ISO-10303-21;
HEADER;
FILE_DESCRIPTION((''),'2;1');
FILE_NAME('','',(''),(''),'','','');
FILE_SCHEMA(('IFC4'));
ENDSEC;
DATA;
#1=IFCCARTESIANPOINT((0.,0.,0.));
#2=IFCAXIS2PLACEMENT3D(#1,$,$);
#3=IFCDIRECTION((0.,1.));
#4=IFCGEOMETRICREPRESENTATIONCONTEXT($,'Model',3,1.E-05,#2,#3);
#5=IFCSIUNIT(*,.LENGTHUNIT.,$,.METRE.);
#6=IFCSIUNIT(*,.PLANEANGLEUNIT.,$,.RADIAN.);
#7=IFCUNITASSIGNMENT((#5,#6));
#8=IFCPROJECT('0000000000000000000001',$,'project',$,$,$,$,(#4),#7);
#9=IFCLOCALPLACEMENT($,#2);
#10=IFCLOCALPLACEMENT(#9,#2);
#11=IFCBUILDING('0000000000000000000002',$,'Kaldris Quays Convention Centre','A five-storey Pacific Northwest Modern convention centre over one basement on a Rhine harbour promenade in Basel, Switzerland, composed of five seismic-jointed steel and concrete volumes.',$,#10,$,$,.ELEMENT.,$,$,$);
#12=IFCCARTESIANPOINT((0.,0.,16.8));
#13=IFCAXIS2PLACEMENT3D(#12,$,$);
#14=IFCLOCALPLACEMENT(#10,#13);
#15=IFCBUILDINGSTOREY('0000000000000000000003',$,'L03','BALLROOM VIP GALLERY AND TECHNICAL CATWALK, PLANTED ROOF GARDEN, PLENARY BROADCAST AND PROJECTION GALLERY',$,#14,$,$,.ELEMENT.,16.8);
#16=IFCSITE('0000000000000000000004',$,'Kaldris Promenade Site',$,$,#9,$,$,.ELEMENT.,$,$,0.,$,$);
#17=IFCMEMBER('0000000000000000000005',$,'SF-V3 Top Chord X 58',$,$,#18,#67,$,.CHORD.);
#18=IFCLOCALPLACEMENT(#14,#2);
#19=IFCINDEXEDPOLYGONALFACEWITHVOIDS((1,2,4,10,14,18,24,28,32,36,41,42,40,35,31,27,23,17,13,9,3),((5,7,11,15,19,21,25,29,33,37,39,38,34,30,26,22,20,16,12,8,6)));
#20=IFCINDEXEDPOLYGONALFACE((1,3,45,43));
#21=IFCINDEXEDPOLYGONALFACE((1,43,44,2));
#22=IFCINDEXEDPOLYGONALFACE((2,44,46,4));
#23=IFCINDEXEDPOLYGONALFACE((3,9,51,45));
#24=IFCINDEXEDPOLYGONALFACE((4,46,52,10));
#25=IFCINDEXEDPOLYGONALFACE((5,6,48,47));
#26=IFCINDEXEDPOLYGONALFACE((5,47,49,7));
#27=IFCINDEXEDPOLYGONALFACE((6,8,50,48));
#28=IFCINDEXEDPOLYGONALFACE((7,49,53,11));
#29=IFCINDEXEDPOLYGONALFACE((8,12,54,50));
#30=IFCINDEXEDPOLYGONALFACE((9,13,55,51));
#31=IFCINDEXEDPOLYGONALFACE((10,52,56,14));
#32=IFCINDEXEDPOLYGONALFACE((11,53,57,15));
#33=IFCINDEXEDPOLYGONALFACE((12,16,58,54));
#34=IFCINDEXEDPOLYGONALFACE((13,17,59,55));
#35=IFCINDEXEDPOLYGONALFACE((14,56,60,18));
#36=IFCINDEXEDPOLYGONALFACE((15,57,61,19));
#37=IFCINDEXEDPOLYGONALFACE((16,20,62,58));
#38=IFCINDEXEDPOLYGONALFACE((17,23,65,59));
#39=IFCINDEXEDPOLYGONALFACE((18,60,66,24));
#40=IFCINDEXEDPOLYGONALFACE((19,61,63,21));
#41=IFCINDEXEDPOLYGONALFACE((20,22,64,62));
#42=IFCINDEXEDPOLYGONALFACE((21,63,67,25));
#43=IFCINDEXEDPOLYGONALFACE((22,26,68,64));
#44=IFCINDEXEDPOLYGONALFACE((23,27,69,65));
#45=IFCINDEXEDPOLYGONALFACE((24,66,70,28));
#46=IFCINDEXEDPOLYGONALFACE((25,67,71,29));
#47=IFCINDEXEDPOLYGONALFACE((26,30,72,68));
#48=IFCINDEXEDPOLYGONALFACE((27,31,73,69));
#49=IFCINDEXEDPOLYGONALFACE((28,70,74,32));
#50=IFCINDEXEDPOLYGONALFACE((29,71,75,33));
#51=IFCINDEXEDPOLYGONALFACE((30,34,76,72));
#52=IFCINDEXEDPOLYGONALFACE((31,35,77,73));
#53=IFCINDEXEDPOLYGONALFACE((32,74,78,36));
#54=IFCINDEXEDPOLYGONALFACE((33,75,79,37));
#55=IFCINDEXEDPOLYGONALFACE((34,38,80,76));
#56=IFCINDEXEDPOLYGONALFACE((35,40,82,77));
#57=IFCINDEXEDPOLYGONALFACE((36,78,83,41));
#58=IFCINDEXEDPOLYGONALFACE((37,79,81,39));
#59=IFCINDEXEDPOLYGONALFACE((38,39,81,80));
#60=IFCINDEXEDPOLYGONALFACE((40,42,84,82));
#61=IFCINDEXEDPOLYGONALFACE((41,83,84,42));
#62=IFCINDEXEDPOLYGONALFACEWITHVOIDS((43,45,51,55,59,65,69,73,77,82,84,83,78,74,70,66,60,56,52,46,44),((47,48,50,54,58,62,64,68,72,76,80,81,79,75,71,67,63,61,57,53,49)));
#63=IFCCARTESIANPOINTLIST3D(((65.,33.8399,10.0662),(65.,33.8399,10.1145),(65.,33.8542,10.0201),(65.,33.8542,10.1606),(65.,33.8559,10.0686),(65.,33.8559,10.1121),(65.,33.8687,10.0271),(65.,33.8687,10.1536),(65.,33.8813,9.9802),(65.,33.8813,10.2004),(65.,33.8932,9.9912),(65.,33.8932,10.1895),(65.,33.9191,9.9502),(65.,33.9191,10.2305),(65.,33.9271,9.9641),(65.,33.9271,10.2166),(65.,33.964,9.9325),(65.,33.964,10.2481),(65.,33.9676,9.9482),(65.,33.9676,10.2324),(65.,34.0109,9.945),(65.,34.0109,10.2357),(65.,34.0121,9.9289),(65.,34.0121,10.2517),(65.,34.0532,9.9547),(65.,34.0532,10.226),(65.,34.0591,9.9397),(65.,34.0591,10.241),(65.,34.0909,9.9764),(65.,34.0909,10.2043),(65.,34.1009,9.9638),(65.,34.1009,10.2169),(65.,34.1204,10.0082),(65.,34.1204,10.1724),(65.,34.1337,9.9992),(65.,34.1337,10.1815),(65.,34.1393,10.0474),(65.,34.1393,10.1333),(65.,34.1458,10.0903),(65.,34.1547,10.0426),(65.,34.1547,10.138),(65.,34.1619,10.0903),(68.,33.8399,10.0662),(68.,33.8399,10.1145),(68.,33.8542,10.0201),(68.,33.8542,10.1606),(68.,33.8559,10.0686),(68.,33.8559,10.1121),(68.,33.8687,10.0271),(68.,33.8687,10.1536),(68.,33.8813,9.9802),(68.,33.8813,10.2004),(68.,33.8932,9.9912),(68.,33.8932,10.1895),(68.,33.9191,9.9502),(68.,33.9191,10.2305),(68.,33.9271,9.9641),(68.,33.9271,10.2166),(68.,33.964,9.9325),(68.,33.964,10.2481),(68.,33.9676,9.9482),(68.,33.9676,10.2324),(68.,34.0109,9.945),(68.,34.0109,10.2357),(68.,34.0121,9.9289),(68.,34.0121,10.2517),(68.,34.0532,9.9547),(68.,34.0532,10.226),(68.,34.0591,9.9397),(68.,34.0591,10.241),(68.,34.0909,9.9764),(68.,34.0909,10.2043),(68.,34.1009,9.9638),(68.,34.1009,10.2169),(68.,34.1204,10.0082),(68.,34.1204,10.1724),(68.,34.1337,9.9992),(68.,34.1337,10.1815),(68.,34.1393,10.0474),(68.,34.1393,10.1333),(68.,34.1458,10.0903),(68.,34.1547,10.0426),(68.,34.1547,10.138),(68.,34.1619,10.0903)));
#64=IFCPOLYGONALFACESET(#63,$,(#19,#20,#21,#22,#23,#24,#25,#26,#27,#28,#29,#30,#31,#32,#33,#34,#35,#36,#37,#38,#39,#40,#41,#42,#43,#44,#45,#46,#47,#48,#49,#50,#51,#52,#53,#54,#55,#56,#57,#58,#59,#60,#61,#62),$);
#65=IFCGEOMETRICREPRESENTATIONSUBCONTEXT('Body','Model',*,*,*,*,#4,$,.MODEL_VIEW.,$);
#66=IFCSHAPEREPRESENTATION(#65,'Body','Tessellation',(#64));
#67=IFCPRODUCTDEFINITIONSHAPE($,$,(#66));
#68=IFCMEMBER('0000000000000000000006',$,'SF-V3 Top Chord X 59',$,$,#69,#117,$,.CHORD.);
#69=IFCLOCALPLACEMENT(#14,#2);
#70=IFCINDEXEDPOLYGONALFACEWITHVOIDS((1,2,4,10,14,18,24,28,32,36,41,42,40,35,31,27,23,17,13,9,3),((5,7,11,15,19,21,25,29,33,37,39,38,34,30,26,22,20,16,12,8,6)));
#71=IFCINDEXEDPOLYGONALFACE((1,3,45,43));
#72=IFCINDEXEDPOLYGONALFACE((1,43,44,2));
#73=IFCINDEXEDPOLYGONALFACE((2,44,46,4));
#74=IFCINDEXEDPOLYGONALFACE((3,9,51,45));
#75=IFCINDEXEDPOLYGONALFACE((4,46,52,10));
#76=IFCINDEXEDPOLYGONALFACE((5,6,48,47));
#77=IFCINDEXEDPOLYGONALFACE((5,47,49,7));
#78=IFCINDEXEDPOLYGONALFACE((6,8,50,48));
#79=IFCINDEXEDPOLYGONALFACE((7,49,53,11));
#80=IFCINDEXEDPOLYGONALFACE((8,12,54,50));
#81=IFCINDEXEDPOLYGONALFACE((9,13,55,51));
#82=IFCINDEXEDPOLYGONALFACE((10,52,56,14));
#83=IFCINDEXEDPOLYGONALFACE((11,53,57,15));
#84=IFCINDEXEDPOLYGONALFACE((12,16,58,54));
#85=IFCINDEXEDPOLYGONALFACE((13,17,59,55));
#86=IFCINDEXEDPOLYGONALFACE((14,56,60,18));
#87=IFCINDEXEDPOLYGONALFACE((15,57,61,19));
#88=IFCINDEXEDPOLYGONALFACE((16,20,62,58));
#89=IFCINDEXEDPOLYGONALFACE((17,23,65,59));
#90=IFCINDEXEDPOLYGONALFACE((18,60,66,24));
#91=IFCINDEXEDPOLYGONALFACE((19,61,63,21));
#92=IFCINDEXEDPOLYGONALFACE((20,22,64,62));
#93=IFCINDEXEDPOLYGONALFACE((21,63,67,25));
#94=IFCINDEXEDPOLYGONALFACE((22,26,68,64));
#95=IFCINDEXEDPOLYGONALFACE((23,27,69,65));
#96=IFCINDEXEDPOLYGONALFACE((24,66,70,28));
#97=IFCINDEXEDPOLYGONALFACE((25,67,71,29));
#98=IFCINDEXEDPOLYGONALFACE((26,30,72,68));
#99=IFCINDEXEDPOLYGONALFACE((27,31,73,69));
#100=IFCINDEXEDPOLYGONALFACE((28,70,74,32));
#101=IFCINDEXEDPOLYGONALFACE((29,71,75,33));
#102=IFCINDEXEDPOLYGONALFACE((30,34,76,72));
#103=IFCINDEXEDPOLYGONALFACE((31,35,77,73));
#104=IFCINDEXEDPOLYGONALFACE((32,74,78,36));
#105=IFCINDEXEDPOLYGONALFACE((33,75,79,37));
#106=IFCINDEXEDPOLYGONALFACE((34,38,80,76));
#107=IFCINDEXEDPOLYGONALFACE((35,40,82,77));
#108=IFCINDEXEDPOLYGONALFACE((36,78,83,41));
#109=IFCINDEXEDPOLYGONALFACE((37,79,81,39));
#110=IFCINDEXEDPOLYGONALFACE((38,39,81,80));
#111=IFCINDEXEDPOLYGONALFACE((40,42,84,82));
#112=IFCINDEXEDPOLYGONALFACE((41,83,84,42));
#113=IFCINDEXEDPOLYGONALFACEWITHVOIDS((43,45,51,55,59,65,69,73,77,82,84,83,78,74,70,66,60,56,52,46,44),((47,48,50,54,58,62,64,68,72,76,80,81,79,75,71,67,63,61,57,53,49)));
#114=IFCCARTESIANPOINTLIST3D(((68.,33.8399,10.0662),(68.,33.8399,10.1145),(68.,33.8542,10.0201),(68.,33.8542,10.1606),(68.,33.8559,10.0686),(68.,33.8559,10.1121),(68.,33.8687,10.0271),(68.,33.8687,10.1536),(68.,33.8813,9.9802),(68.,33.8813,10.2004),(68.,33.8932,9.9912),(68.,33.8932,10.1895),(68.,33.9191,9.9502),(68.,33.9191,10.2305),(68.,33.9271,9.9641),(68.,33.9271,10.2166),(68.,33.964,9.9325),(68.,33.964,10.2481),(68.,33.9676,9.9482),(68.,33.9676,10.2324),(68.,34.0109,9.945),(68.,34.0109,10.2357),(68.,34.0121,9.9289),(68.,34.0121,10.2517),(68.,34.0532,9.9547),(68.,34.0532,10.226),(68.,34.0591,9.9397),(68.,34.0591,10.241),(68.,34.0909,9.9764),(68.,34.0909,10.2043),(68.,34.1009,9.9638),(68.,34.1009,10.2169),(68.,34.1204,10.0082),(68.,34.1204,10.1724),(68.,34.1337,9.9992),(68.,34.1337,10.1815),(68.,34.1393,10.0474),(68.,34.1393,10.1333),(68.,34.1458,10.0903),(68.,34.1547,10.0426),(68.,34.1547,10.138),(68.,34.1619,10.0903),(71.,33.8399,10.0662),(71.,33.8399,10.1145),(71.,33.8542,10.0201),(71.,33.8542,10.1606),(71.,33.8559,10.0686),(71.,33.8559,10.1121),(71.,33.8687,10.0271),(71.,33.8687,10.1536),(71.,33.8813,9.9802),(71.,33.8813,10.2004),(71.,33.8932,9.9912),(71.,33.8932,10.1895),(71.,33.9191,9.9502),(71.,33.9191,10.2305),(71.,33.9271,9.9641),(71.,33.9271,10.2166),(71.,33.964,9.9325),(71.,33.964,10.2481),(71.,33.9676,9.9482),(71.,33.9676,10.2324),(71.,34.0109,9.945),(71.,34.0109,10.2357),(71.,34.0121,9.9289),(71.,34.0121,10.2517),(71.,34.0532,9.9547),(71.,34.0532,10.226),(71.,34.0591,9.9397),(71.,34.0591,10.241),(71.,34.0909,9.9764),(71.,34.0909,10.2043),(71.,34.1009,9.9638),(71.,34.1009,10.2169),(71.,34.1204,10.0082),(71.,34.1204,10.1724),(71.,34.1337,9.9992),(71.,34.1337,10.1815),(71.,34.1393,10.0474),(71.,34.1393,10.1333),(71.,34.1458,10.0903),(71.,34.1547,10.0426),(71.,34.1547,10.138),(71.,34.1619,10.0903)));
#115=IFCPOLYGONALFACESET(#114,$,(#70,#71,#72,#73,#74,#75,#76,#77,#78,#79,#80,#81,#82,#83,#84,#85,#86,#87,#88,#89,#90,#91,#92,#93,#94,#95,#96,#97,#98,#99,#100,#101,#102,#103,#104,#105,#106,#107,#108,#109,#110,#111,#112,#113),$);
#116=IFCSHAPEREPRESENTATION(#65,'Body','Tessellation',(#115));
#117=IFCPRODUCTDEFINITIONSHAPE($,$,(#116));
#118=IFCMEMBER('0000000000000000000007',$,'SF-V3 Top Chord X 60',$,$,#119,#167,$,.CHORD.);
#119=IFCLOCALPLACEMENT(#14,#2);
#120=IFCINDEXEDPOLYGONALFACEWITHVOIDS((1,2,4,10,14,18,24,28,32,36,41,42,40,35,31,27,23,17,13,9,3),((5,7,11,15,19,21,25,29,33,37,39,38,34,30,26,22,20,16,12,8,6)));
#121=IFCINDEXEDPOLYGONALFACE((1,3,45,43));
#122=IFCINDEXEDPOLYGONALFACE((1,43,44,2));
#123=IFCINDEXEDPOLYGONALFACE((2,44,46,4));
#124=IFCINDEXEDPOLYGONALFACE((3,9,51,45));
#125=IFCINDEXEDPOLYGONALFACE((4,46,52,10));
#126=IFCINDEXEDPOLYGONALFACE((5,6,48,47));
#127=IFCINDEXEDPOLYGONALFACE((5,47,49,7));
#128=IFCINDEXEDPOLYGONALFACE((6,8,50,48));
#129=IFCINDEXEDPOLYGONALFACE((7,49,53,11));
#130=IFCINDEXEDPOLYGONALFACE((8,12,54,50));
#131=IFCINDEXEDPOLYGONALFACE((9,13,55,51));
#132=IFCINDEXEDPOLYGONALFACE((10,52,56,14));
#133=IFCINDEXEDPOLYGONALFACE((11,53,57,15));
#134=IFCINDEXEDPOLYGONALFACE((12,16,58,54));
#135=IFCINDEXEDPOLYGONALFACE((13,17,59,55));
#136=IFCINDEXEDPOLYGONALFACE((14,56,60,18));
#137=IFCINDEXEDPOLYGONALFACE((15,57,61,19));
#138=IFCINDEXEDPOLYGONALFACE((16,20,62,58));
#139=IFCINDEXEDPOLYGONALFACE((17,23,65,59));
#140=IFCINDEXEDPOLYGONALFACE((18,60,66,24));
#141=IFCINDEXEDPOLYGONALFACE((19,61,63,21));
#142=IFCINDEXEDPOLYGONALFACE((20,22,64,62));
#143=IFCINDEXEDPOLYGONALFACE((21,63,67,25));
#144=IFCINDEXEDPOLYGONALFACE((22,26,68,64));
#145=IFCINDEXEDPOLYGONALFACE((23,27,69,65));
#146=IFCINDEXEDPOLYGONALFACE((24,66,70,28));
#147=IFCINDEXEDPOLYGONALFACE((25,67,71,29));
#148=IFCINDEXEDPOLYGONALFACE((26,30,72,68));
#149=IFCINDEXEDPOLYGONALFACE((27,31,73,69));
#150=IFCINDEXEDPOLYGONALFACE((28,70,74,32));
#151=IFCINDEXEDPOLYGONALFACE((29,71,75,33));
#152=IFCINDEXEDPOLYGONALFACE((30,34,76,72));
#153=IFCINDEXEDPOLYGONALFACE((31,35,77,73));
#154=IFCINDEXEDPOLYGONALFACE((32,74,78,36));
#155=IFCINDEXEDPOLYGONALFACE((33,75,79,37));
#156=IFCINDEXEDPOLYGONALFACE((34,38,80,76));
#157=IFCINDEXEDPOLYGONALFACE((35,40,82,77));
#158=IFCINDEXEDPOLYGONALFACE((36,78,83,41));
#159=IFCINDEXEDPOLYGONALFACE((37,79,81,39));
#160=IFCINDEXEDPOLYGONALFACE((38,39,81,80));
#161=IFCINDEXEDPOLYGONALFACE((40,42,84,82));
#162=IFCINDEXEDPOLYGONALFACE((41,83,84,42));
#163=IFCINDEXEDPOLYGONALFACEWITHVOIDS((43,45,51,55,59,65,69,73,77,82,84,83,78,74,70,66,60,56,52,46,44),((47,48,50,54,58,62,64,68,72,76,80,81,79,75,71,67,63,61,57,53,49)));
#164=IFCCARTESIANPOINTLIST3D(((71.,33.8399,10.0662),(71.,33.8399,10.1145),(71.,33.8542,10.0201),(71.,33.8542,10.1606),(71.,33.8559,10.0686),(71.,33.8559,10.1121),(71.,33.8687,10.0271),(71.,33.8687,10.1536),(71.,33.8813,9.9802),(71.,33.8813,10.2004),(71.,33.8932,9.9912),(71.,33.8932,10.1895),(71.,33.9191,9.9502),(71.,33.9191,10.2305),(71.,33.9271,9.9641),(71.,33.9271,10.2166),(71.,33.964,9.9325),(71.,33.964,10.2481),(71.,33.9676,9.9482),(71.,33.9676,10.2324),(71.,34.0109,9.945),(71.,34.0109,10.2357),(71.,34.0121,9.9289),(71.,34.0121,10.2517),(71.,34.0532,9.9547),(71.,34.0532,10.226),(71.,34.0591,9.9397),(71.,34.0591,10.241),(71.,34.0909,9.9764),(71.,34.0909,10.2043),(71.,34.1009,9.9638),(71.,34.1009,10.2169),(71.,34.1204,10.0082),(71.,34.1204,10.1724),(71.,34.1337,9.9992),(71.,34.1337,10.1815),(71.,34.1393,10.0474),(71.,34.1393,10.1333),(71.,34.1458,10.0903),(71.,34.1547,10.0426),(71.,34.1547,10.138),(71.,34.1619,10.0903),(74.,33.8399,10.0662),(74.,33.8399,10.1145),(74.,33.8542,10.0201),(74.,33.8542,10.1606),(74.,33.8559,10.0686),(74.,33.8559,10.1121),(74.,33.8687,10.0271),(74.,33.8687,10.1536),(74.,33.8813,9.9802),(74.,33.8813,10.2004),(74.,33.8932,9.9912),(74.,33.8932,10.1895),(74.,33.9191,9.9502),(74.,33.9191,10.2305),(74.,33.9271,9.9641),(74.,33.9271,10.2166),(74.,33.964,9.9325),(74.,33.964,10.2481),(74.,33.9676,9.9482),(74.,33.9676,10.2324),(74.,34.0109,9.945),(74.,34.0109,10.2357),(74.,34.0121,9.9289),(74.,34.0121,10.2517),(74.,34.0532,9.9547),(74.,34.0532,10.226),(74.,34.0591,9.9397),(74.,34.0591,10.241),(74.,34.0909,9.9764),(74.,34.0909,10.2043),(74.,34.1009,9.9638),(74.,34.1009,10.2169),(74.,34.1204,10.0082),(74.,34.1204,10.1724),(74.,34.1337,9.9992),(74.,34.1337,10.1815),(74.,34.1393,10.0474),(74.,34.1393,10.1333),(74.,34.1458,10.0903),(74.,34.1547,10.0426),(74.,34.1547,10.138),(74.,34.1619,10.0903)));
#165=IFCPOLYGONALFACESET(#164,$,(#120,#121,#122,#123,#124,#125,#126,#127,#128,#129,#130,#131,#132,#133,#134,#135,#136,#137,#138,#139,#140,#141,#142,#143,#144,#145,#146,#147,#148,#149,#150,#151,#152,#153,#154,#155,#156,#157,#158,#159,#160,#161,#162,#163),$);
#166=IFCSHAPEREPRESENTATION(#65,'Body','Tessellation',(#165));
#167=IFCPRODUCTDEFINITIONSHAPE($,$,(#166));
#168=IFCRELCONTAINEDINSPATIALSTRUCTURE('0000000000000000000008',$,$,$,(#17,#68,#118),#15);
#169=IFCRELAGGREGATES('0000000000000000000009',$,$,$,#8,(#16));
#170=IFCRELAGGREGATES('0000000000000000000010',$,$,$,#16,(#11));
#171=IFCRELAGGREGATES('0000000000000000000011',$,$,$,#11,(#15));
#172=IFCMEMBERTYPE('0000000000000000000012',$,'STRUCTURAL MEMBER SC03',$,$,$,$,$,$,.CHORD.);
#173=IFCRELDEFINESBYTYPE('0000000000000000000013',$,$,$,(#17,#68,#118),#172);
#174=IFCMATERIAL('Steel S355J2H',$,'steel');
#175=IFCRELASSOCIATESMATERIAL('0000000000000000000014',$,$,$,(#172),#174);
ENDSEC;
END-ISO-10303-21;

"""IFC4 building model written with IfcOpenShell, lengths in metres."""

from ifc_helpers import new_model, si_unit, direction, frame, origin, origin_2d, place, context, subcontext, project, spatial, hollow_circle, extrude, material, material_profile, profile_set, type_object, element, save


model = new_model("IFC4")

# Units and contexts
model_context = context("Model", 3, precision=1e-05, world=origin(), true_north=direction((0.0, 1.0)))
body_context = subcontext(model_context, "Body", "Model", "MODEL_VIEW")
ifc_project = project(units=[si_unit("LENGTHUNIT", "METRE"), si_unit("PLANEANGLEUNIT", "RADIAN")], contexts=[model_context])

# Site, building, storey
site_placement = place(None, origin())
site = spatial("IfcSite", under=ifc_project, at=site_placement, Name="Kaldris Promenade Site", CompositionType="ELEMENT", RefElevation=0.0)
building_placement = place(site_placement, origin())
building = spatial("IfcBuilding", under=site, at=building_placement, Name="Kaldris Quays Convention Centre", Description="A five-storey Pacific Northwest Modern convention centre over one basement on a Rhine harbour promenade in Basel, Switzerland, composed of five seismic-jointed steel and concrete volumes.", CompositionType="ELEMENT")
storey_placement = place(building_placement, frame((0.0, 0.0, 16.8)))
storey = spatial("IfcBuildingStorey", under=building, at=storey_placement, Name="L03", Description="BALLROOM VIP GALLERY AND TECHNICAL CATWALK, PLANTED ROOF GARDEN, PLENARY BROADCAST AND PROJECTION GALLERY", CompositionType="ELEMENT", Elevation=16.8)

# Members
ifc_material_1 = material(Name="Steel S355J2H", Category="steel")
ifc_material_profile_1 = material_profile(ifc_material_1, hollow_circle(Radius=0.1619, WallThickness=0.0161, at=origin_2d()), Name="CHS 323.9x16")
ifc_profile_set_1 = profile_set([ifc_material_profile_1], Name="Steel S355J2H")
member_type_1 = type_object("IfcMemberType", Name="STRUCTURAL MEMBER SC03", PredefinedType="CHORD", material=ifc_profile_set_1)
for number, where, z_axis, x_axis, name in (
    (1, (65.0, 34.0, 10.0903), (1.0, 0.0, 0.0), (0.0, 1.0, 0.0), "SF-V3 Top Chord X 58"),
    (2, (68.0, 34.0, 10.0903), (1.0, 0.0, 0.0), (0.0, 1.0, 0.0), "SF-V3 Top Chord X 59"),
    (3, (71.0, 34.0, 10.0903), (1.0, 0.0, 0.0), (0.0, 1.0, 0.0), "SF-V3 Top Chord X 60"),
):
    element("IfcMember", number, at=place(storey_placement, frame(where, z_axis=z_axis, x_axis=x_axis)), inside=storey, type_object=member_type_1, Name=name, PredefinedType="CHORD", context=body_context, shape_type="SweptSolid", body=[
        extrude(hollow_circle(Radius=0.1619, WallThickness=0.0161, at=origin_2d()), origin(), (0.0, 0.0, 1.0), 3.0),
    ])

save(model, "model.ifc")
